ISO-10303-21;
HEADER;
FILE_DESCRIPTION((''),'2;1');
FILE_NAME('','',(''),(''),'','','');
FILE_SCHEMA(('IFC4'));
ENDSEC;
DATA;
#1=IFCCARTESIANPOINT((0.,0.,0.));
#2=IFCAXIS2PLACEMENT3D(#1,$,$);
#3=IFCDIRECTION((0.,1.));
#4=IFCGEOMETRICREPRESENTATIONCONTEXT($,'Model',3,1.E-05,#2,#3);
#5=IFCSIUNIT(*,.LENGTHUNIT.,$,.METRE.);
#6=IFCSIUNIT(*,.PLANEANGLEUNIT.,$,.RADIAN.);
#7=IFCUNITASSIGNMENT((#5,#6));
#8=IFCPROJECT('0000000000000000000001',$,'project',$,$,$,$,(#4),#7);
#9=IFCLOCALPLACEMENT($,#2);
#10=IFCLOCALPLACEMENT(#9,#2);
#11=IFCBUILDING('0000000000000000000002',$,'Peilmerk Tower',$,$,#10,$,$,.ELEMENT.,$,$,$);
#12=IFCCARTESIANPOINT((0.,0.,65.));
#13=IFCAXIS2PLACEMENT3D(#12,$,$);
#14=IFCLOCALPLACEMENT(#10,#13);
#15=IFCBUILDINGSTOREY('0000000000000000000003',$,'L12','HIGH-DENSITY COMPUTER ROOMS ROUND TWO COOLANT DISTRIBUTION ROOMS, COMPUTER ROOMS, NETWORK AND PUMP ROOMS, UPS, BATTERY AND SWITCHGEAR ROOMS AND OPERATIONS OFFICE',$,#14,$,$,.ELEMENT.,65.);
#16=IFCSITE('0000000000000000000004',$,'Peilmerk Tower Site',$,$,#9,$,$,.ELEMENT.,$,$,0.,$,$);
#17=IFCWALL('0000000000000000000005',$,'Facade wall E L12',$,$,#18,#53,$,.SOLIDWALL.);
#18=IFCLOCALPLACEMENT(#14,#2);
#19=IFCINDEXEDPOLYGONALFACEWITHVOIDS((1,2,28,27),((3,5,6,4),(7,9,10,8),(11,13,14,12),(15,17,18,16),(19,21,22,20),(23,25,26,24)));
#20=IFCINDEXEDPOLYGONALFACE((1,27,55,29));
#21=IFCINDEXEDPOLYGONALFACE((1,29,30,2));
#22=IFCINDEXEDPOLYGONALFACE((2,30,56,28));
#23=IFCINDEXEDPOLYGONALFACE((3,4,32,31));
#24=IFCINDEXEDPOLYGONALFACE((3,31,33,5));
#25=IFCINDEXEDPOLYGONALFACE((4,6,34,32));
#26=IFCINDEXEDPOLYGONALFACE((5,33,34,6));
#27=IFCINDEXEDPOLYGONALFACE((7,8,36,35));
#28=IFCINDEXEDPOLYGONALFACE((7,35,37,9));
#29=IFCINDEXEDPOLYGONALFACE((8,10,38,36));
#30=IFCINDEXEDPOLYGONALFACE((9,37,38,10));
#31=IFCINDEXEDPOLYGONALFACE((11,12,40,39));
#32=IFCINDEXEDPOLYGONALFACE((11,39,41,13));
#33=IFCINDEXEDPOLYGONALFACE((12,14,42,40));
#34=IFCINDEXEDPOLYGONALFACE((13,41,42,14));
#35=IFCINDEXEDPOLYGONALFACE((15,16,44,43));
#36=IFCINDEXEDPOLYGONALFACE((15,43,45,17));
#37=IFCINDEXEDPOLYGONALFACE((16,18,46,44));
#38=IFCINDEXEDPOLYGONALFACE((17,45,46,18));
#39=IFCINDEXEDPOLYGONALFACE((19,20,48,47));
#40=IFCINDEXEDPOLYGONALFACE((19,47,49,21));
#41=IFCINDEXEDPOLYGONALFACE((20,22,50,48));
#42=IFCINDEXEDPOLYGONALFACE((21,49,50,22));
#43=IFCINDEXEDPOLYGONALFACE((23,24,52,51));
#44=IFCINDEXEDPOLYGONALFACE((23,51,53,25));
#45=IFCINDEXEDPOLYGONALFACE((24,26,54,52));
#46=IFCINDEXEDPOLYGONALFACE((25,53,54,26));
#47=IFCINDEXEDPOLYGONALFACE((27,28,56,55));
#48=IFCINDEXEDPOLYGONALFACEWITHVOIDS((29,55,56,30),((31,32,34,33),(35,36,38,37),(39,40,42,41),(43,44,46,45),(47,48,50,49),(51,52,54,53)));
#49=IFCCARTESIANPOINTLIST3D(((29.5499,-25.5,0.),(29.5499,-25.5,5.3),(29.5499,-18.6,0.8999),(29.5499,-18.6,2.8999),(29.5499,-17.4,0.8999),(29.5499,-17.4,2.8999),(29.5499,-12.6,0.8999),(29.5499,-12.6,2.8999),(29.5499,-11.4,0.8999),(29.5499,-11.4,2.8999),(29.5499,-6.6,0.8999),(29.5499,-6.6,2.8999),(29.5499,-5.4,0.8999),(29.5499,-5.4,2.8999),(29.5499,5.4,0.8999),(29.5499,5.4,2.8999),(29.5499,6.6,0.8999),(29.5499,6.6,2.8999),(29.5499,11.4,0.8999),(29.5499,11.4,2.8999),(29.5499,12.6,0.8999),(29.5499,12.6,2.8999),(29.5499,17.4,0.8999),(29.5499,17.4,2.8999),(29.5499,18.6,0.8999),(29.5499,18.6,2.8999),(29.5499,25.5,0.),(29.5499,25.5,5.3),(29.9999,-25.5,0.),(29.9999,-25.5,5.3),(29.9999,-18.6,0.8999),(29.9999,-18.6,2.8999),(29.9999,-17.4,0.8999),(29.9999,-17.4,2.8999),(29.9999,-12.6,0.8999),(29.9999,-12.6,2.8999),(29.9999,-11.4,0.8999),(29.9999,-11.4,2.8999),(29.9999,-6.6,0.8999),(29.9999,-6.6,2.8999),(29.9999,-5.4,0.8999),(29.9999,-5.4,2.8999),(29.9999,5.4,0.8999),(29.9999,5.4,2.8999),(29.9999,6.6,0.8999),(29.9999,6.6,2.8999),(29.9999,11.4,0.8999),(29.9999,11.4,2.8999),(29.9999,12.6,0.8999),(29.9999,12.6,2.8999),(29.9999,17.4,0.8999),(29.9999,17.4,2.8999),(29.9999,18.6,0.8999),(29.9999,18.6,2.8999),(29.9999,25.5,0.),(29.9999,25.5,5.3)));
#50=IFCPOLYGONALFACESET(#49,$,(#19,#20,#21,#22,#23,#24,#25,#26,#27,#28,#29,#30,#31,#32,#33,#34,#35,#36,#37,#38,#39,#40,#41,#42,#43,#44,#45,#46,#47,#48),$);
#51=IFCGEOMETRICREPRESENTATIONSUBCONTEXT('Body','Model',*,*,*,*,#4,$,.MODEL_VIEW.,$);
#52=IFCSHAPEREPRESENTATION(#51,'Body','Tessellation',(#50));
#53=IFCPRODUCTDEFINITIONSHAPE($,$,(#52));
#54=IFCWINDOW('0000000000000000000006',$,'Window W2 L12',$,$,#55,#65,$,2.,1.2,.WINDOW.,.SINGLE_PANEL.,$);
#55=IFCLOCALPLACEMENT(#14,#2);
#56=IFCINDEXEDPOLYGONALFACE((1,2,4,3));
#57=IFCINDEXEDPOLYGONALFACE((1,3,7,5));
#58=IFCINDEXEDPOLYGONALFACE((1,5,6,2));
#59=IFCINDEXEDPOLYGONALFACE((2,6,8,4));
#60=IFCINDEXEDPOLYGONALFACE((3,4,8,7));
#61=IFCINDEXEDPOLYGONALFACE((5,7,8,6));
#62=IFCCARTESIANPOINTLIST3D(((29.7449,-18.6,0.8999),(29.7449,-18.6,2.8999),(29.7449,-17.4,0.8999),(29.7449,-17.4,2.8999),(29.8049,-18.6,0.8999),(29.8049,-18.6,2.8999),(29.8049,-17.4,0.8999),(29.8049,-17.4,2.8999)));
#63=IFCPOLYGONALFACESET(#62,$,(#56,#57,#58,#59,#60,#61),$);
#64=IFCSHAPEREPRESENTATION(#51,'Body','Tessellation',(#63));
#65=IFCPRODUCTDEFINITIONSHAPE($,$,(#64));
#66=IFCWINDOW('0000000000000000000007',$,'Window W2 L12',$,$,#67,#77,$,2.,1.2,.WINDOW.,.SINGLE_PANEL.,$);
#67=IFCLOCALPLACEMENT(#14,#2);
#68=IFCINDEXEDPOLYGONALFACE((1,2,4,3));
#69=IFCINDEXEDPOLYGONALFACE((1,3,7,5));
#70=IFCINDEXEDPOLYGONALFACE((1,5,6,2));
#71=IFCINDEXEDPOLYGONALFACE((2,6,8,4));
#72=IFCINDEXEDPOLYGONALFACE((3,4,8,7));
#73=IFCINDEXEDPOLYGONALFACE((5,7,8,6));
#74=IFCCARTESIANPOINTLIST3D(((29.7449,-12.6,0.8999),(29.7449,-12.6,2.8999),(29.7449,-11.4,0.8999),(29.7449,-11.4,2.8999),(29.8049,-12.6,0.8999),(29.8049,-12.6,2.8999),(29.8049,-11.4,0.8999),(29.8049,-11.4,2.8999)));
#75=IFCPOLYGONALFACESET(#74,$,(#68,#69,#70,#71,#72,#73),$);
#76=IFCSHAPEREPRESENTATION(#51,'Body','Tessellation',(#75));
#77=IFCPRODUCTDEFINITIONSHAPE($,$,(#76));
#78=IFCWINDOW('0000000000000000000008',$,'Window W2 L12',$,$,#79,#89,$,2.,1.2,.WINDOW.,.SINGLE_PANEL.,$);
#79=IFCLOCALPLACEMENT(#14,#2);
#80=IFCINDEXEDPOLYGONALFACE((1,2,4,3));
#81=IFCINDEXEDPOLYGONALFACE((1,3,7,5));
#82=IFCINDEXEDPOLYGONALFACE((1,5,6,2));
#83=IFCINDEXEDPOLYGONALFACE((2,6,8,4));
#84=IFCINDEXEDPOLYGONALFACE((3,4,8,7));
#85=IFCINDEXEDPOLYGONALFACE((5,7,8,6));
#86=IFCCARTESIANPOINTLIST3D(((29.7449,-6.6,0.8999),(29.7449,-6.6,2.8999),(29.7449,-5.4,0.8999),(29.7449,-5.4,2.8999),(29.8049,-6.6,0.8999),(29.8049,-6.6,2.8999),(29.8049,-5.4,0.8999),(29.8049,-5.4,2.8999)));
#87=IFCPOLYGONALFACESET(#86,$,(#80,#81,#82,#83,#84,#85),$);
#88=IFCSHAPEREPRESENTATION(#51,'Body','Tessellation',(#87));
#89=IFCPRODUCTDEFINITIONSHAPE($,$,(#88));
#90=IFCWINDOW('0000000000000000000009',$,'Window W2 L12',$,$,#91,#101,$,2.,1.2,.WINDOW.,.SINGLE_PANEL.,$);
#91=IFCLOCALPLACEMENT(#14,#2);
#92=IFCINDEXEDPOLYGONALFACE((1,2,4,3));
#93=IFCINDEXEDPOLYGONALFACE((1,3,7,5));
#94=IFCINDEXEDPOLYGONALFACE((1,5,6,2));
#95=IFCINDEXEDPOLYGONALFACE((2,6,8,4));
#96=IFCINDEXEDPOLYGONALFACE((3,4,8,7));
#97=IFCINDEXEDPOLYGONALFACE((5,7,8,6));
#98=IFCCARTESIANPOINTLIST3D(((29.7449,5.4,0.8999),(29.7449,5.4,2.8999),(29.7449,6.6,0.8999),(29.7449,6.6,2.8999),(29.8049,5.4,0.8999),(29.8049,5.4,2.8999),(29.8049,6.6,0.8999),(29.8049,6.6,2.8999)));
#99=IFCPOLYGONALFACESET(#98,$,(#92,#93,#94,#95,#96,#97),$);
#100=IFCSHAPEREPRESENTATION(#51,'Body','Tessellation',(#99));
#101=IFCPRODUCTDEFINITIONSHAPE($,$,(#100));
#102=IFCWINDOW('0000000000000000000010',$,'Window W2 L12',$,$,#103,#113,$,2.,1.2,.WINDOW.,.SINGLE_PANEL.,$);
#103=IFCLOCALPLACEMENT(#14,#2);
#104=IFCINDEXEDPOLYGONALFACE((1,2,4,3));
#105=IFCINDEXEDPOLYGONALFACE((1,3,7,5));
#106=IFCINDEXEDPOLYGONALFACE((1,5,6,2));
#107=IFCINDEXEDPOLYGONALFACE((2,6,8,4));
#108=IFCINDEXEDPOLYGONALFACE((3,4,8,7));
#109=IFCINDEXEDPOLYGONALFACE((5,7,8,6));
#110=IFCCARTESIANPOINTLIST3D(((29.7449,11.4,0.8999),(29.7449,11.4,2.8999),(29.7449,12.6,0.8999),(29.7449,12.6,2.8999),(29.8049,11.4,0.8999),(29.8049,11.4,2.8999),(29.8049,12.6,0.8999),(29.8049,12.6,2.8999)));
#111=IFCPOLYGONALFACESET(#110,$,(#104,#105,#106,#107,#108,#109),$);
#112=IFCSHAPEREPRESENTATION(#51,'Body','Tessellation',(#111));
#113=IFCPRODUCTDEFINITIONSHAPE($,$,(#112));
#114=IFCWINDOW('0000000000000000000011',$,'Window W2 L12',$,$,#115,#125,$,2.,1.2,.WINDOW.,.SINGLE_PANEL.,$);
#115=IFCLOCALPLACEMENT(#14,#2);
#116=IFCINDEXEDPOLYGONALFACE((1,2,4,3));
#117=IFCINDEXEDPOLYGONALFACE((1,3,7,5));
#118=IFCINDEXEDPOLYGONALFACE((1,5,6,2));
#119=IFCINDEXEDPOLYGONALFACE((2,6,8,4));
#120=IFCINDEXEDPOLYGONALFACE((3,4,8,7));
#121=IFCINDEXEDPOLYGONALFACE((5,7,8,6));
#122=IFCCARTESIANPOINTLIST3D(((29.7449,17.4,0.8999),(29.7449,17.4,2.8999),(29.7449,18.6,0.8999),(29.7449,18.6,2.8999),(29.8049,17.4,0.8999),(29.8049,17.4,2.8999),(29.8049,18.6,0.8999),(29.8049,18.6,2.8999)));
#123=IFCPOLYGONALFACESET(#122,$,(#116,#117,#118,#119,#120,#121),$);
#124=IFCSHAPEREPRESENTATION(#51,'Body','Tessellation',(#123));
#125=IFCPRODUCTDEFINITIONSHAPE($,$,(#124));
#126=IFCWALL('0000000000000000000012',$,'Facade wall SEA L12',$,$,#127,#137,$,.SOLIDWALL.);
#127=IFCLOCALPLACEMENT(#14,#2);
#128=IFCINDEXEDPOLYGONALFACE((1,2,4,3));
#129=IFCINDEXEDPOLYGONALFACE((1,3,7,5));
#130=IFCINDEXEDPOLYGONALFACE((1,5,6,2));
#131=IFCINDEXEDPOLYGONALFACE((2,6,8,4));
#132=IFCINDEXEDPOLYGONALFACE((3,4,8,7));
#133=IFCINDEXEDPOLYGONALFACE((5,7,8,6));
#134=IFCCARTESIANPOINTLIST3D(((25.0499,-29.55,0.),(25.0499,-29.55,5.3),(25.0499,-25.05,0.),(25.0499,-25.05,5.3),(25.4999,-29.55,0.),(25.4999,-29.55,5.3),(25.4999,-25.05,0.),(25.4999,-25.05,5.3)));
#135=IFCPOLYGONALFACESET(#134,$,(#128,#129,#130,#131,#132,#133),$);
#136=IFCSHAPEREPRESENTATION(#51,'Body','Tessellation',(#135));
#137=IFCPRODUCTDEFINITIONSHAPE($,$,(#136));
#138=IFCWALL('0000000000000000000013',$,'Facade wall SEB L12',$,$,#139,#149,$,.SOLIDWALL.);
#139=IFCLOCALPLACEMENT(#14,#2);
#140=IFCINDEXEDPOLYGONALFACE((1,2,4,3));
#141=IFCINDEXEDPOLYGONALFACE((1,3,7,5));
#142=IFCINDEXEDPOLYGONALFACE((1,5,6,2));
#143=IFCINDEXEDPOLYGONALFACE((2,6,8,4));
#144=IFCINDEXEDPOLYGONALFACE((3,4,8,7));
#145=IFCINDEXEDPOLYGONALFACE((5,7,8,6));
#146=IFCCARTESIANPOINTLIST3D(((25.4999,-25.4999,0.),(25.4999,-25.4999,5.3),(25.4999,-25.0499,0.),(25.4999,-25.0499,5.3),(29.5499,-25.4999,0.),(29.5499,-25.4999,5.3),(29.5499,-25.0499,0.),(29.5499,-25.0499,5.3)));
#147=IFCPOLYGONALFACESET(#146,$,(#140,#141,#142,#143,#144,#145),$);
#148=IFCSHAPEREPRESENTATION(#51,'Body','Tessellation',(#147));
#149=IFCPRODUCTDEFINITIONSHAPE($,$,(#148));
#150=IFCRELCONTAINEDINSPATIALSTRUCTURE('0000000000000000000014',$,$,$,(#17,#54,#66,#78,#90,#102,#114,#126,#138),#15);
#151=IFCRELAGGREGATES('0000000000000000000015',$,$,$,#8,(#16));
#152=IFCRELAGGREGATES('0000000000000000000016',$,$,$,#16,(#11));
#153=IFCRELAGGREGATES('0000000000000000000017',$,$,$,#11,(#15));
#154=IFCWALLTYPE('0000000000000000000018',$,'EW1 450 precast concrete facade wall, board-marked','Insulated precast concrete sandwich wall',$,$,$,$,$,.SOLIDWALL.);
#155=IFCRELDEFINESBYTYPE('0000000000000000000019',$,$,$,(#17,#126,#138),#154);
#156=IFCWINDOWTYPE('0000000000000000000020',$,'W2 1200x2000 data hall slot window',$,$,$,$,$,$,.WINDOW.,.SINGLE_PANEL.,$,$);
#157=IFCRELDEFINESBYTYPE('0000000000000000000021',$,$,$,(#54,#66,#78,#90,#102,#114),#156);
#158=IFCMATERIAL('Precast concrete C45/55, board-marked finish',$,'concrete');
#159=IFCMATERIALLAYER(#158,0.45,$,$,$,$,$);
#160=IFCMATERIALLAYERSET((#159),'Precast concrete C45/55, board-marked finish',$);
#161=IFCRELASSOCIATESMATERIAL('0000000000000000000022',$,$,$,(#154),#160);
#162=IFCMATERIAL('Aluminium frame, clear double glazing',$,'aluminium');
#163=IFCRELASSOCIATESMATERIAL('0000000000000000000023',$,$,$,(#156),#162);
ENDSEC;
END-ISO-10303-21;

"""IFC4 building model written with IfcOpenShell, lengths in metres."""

from ifc_helpers import new_model, si_unit, direction, frame, frame_2d, origin, place, context, subcontext, project, spatial, rectangle, extrude, material, layer, layer_set, type_object, element, fill, save


model = new_model("IFC4")

# Units and contexts
model_context = context("Model", 3, precision=1e-05, world=origin(), true_north=direction((0.0, 1.0)))
body_context = subcontext(model_context, "Body", "Model", "MODEL_VIEW")
ifc_project = project(units=[si_unit("LENGTHUNIT", "METRE"), si_unit("PLANEANGLEUNIT", "RADIAN")], contexts=[model_context])

# Site, building, storey
site_placement = place(None, origin())
site = spatial("IfcSite", under=ifc_project, at=site_placement, Name="Peilmerk Tower Site", CompositionType="ELEMENT", RefElevation=0.0)
building_placement = place(site_placement, origin())
building = spatial("IfcBuilding", under=site, at=building_placement, Name="Peilmerk Tower", CompositionType="ELEMENT")
storey_placement = place(building_placement, frame((0.0, 0.0, 65.0)))
storey = spatial("IfcBuildingStorey", under=building, at=storey_placement, Name="L12", Description="HIGH-DENSITY COMPUTER ROOMS ROUND TWO COOLANT DISTRIBUTION ROOMS, COMPUTER ROOMS, NETWORK AND PUMP ROOMS, UPS, BATTERY AND SWITCHGEAR ROOMS AND OPERATIONS OFFICE", CompositionType="ELEMENT", Elevation=65.0)

# Wall, openings, windows
ifc_material_1 = material(Name="Precast concrete C45/55, board-marked finish", Category="concrete")
ifc_layer = layer(ifc_material_1, 0.45)
ifc_layer_set = layer_set([ifc_layer], Name="Precast concrete C45/55, board-marked finish")
wall_type = type_object("IfcWallType", Name="EW1 450 precast concrete facade wall, board-marked", Description="Insulated precast concrete sandwich wall", PredefinedType="SOLIDWALL", material=ifc_layer_set)
wall_1_placement = place(storey_placement, frame((29.7749, -25.5, 0.0), z_axis=(0.0, 0.0, 1.0), x_axis=(0.0, 1.0, 0.0)))
wall_1 = element("IfcWall", 1, at=wall_1_placement, inside=storey, type_object=wall_type, Name="Facade wall E L12", PredefinedType="SOLIDWALL", context=body_context, shape_type="SweptSolid", body=[
    extrude(rectangle(XDim=51.0, YDim=0.45, at=frame_2d((25.5, 0.0))), origin(), (0.0, 0.0, 1.0), 5.3),
])
opening_1_placement = place(wall_1_placement, frame((6.8999, 0.0, 0.8999)))
opening_1 = element("IfcOpeningElement", 2, at=opening_1_placement, cuts=wall_1, PredefinedType="OPENING", context=body_context, shape_type="SweptSolid", body=[
    extrude(rectangle(XDim=1.2, YDim=2.0, at=frame_2d((0.6001, 1.0))), frame((0.0, 0.2349, 0.0), z_axis=(0.0, -1.0, 0.0), x_axis=(1.0, 0.0, 0.0)), (0.0, 0.0, 1.0), 0.47),
])
opening_2_placement = place(wall_1_placement, frame((12.8999, 0.0, 0.8999)))
opening_2 = element("IfcOpeningElement", 3, at=opening_2_placement, cuts=wall_1, PredefinedType="OPENING", context=body_context, shape_type="SweptSolid", body=[
    extrude(rectangle(XDim=1.2, YDim=2.0, at=frame_2d((0.6001, 1.0))), frame((0.0, 0.2349, 0.0), z_axis=(0.0, -1.0, 0.0), x_axis=(1.0, 0.0, 0.0)), (0.0, 0.0, 1.0), 0.47),
])
opening_3_placement = place(wall_1_placement, frame((18.8999, 0.0, 0.8999)))
opening_3 = element("IfcOpeningElement", 4, at=opening_3_placement, cuts=wall_1, PredefinedType="OPENING", context=body_context, shape_type="SweptSolid", body=[
    extrude(rectangle(XDim=1.2, YDim=2.0, at=frame_2d((0.6001, 1.0))), frame((0.0, 0.2349, 0.0), z_axis=(0.0, -1.0, 0.0), x_axis=(1.0, 0.0, 0.0)), (0.0, 0.0, 1.0), 0.47),
])
opening_4_placement = place(wall_1_placement, frame((30.8999, 0.0, 0.8999)))
opening_4 = element("IfcOpeningElement", 5, at=opening_4_placement, cuts=wall_1, PredefinedType="OPENING", context=body_context, shape_type="SweptSolid", body=[
    extrude(rectangle(XDim=1.2, YDim=2.0, at=frame_2d((0.6001, 1.0))), frame((0.0, 0.2349, 0.0), z_axis=(0.0, -1.0, 0.0), x_axis=(1.0, 0.0, 0.0)), (0.0, 0.0, 1.0), 0.47),
])
opening_5_placement = place(wall_1_placement, frame((36.8999, 0.0, 0.8999)))
opening_5 = element("IfcOpeningElement", 6, at=opening_5_placement, cuts=wall_1, PredefinedType="OPENING", context=body_context, shape_type="SweptSolid", body=[
    extrude(rectangle(XDim=1.2, YDim=2.0, at=frame_2d((0.6001, 1.0))), frame((0.0, 0.2349, 0.0), z_axis=(0.0, -1.0, 0.0), x_axis=(1.0, 0.0, 0.0)), (0.0, 0.0, 1.0), 0.47),
])
opening_6_placement = place(wall_1_placement, frame((42.8999, 0.0, 0.8999)))
opening_6 = element("IfcOpeningElement", 7, at=opening_6_placement, cuts=wall_1, PredefinedType="OPENING", context=body_context, shape_type="SweptSolid", body=[
    extrude(rectangle(XDim=1.2, YDim=2.0, at=frame_2d((0.6001, 1.0))), frame((0.0, 0.2349, 0.0), z_axis=(0.0, -1.0, 0.0), x_axis=(1.0, 0.0, 0.0)), (0.0, 0.0, 1.0), 0.47),
])
ifc_material_2 = material(Name="Aluminium frame, clear double glazing", Category="aluminium")
window_type = type_object("IfcWindowType", Name="W2 1200x2000 data hall slot window", PartitioningType="SINGLE_PANEL", PredefinedType="WINDOW", material=ifc_material_2)
window_1_placement = place(opening_1_placement, origin())
window_1 = element("IfcWindow", 8, at=window_1_placement, inside=storey, type_object=window_type, Name="Window W2 L12", OverallHeight=2.0, OverallWidth=1.2, PartitioningType="SINGLE_PANEL", PredefinedType="WINDOW", context=body_context, shape_type="SweptSolid", body=[
    extrude(rectangle(XDim=1.2, YDim=2.0, at=frame_2d((0.6001, 1.0))), frame((0.0, 0.03, 0.0), z_axis=(0.0, -1.0, 0.0), x_axis=(1.0, 0.0, 0.0)), (0.0, 0.0, 1.0), 0.0601),
])
fill(opening_1, window_1)
window_2_placement = place(opening_2_placement, origin())
window_2 = element("IfcWindow", 9, at=window_2_placement, inside=storey, type_object=window_type, Name="Window W2 L12", OverallHeight=2.0, OverallWidth=1.2, PartitioningType="SINGLE_PANEL", PredefinedType="WINDOW", context=body_context, shape_type="SweptSolid", body=[
    extrude(rectangle(XDim=1.2, YDim=2.0, at=frame_2d((0.6001, 1.0))), frame((0.0, 0.03, 0.0), z_axis=(0.0, -1.0, 0.0), x_axis=(1.0, 0.0, 0.0)), (0.0, 0.0, 1.0), 0.0601),
])
fill(opening_2, window_2)
window_3_placement = place(opening_3_placement, origin())
window_3 = element("IfcWindow", 10, at=window_3_placement, inside=storey, type_object=window_type, Name="Window W2 L12", OverallHeight=2.0, OverallWidth=1.2, PartitioningType="SINGLE_PANEL", PredefinedType="WINDOW", context=body_context, shape_type="SweptSolid", body=[
    extrude(rectangle(XDim=1.2, YDim=2.0, at=frame_2d((0.6001, 1.0))), frame((0.0, 0.03, 0.0), z_axis=(0.0, -1.0, 0.0), x_axis=(1.0, 0.0, 0.0)), (0.0, 0.0, 1.0), 0.0601),
])
fill(opening_3, window_3)
window_4_placement = place(opening_4_placement, origin())
window_4 = element("IfcWindow", 11, at=window_4_placement, inside=storey, type_object=window_type, Name="Window W2 L12", OverallHeight=2.0, OverallWidth=1.2, PartitioningType="SINGLE_PANEL", PredefinedType="WINDOW", context=body_context, shape_type="SweptSolid", body=[
    extrude(rectangle(XDim=1.2, YDim=2.0, at=frame_2d((0.6001, 1.0))), frame((0.0, 0.03, 0.0), z_axis=(0.0, -1.0, 0.0), x_axis=(1.0, 0.0, 0.0)), (0.0, 0.0, 1.0), 0.0601),
])
fill(opening_4, window_4)
window_5_placement = place(opening_5_placement, origin())
window_5 = element("IfcWindow", 12, at=window_5_placement, inside=storey, type_object=window_type, Name="Window W2 L12", OverallHeight=2.0, OverallWidth=1.2, PartitioningType="SINGLE_PANEL", PredefinedType="WINDOW", context=body_context, shape_type="SweptSolid", body=[
    extrude(rectangle(XDim=1.2, YDim=2.0, at=frame_2d((0.6001, 1.0))), frame((0.0, 0.03, 0.0), z_axis=(0.0, -1.0, 0.0), x_axis=(1.0, 0.0, 0.0)), (0.0, 0.0, 1.0), 0.0601),
])
fill(opening_5, window_5)
window_6_placement = place(opening_6_placement, origin())
window_6 = element("IfcWindow", 13, at=window_6_placement, inside=storey, type_object=window_type, Name="Window W2 L12", OverallHeight=2.0, OverallWidth=1.2, PartitioningType="SINGLE_PANEL", PredefinedType="WINDOW", context=body_context, shape_type="SweptSolid", body=[
    extrude(rectangle(XDim=1.2, YDim=2.0, at=frame_2d((0.6001, 1.0))), frame((0.0, 0.03, 0.0), z_axis=(0.0, -1.0, 0.0), x_axis=(1.0, 0.0, 0.0)), (0.0, 0.0, 1.0), 0.0601),
])
fill(opening_6, window_6)

# Walls
wall_2_placement = place(storey_placement, frame((25.2749, -25.05, 0.0), z_axis=(0.0, 0.0, 1.0), x_axis=(0.0, -1.0, 0.0)))
element("IfcWall", 14, at=wall_2_placement, inside=storey, type_object=wall_type, Name="Facade wall SEA L12", PredefinedType="SOLIDWALL", context=body_context, shape_type="SweptSolid", body=[
    extrude(rectangle(XDim=4.5, YDim=0.45, at=frame_2d((2.25, 0.0))), origin(), (0.0, 0.0, 1.0), 5.3),
])
wall_3_placement = place(storey_placement, frame((25.5, -25.2749, 0.0), z_axis=(0.0, 0.0, 1.0), x_axis=(1.0, 0.0, 0.0)))
element("IfcWall", 15, at=wall_3_placement, inside=storey, type_object=wall_type, Name="Facade wall SEB L12", PredefinedType="SOLIDWALL", context=body_context, shape_type="SweptSolid", body=[
    extrude(rectangle(XDim=4.05, YDim=0.45, at=frame_2d((2.0249, 0.0))), origin(), (0.0, 0.0, 1.0), 5.3),
])

save(model, "model.ifc")
